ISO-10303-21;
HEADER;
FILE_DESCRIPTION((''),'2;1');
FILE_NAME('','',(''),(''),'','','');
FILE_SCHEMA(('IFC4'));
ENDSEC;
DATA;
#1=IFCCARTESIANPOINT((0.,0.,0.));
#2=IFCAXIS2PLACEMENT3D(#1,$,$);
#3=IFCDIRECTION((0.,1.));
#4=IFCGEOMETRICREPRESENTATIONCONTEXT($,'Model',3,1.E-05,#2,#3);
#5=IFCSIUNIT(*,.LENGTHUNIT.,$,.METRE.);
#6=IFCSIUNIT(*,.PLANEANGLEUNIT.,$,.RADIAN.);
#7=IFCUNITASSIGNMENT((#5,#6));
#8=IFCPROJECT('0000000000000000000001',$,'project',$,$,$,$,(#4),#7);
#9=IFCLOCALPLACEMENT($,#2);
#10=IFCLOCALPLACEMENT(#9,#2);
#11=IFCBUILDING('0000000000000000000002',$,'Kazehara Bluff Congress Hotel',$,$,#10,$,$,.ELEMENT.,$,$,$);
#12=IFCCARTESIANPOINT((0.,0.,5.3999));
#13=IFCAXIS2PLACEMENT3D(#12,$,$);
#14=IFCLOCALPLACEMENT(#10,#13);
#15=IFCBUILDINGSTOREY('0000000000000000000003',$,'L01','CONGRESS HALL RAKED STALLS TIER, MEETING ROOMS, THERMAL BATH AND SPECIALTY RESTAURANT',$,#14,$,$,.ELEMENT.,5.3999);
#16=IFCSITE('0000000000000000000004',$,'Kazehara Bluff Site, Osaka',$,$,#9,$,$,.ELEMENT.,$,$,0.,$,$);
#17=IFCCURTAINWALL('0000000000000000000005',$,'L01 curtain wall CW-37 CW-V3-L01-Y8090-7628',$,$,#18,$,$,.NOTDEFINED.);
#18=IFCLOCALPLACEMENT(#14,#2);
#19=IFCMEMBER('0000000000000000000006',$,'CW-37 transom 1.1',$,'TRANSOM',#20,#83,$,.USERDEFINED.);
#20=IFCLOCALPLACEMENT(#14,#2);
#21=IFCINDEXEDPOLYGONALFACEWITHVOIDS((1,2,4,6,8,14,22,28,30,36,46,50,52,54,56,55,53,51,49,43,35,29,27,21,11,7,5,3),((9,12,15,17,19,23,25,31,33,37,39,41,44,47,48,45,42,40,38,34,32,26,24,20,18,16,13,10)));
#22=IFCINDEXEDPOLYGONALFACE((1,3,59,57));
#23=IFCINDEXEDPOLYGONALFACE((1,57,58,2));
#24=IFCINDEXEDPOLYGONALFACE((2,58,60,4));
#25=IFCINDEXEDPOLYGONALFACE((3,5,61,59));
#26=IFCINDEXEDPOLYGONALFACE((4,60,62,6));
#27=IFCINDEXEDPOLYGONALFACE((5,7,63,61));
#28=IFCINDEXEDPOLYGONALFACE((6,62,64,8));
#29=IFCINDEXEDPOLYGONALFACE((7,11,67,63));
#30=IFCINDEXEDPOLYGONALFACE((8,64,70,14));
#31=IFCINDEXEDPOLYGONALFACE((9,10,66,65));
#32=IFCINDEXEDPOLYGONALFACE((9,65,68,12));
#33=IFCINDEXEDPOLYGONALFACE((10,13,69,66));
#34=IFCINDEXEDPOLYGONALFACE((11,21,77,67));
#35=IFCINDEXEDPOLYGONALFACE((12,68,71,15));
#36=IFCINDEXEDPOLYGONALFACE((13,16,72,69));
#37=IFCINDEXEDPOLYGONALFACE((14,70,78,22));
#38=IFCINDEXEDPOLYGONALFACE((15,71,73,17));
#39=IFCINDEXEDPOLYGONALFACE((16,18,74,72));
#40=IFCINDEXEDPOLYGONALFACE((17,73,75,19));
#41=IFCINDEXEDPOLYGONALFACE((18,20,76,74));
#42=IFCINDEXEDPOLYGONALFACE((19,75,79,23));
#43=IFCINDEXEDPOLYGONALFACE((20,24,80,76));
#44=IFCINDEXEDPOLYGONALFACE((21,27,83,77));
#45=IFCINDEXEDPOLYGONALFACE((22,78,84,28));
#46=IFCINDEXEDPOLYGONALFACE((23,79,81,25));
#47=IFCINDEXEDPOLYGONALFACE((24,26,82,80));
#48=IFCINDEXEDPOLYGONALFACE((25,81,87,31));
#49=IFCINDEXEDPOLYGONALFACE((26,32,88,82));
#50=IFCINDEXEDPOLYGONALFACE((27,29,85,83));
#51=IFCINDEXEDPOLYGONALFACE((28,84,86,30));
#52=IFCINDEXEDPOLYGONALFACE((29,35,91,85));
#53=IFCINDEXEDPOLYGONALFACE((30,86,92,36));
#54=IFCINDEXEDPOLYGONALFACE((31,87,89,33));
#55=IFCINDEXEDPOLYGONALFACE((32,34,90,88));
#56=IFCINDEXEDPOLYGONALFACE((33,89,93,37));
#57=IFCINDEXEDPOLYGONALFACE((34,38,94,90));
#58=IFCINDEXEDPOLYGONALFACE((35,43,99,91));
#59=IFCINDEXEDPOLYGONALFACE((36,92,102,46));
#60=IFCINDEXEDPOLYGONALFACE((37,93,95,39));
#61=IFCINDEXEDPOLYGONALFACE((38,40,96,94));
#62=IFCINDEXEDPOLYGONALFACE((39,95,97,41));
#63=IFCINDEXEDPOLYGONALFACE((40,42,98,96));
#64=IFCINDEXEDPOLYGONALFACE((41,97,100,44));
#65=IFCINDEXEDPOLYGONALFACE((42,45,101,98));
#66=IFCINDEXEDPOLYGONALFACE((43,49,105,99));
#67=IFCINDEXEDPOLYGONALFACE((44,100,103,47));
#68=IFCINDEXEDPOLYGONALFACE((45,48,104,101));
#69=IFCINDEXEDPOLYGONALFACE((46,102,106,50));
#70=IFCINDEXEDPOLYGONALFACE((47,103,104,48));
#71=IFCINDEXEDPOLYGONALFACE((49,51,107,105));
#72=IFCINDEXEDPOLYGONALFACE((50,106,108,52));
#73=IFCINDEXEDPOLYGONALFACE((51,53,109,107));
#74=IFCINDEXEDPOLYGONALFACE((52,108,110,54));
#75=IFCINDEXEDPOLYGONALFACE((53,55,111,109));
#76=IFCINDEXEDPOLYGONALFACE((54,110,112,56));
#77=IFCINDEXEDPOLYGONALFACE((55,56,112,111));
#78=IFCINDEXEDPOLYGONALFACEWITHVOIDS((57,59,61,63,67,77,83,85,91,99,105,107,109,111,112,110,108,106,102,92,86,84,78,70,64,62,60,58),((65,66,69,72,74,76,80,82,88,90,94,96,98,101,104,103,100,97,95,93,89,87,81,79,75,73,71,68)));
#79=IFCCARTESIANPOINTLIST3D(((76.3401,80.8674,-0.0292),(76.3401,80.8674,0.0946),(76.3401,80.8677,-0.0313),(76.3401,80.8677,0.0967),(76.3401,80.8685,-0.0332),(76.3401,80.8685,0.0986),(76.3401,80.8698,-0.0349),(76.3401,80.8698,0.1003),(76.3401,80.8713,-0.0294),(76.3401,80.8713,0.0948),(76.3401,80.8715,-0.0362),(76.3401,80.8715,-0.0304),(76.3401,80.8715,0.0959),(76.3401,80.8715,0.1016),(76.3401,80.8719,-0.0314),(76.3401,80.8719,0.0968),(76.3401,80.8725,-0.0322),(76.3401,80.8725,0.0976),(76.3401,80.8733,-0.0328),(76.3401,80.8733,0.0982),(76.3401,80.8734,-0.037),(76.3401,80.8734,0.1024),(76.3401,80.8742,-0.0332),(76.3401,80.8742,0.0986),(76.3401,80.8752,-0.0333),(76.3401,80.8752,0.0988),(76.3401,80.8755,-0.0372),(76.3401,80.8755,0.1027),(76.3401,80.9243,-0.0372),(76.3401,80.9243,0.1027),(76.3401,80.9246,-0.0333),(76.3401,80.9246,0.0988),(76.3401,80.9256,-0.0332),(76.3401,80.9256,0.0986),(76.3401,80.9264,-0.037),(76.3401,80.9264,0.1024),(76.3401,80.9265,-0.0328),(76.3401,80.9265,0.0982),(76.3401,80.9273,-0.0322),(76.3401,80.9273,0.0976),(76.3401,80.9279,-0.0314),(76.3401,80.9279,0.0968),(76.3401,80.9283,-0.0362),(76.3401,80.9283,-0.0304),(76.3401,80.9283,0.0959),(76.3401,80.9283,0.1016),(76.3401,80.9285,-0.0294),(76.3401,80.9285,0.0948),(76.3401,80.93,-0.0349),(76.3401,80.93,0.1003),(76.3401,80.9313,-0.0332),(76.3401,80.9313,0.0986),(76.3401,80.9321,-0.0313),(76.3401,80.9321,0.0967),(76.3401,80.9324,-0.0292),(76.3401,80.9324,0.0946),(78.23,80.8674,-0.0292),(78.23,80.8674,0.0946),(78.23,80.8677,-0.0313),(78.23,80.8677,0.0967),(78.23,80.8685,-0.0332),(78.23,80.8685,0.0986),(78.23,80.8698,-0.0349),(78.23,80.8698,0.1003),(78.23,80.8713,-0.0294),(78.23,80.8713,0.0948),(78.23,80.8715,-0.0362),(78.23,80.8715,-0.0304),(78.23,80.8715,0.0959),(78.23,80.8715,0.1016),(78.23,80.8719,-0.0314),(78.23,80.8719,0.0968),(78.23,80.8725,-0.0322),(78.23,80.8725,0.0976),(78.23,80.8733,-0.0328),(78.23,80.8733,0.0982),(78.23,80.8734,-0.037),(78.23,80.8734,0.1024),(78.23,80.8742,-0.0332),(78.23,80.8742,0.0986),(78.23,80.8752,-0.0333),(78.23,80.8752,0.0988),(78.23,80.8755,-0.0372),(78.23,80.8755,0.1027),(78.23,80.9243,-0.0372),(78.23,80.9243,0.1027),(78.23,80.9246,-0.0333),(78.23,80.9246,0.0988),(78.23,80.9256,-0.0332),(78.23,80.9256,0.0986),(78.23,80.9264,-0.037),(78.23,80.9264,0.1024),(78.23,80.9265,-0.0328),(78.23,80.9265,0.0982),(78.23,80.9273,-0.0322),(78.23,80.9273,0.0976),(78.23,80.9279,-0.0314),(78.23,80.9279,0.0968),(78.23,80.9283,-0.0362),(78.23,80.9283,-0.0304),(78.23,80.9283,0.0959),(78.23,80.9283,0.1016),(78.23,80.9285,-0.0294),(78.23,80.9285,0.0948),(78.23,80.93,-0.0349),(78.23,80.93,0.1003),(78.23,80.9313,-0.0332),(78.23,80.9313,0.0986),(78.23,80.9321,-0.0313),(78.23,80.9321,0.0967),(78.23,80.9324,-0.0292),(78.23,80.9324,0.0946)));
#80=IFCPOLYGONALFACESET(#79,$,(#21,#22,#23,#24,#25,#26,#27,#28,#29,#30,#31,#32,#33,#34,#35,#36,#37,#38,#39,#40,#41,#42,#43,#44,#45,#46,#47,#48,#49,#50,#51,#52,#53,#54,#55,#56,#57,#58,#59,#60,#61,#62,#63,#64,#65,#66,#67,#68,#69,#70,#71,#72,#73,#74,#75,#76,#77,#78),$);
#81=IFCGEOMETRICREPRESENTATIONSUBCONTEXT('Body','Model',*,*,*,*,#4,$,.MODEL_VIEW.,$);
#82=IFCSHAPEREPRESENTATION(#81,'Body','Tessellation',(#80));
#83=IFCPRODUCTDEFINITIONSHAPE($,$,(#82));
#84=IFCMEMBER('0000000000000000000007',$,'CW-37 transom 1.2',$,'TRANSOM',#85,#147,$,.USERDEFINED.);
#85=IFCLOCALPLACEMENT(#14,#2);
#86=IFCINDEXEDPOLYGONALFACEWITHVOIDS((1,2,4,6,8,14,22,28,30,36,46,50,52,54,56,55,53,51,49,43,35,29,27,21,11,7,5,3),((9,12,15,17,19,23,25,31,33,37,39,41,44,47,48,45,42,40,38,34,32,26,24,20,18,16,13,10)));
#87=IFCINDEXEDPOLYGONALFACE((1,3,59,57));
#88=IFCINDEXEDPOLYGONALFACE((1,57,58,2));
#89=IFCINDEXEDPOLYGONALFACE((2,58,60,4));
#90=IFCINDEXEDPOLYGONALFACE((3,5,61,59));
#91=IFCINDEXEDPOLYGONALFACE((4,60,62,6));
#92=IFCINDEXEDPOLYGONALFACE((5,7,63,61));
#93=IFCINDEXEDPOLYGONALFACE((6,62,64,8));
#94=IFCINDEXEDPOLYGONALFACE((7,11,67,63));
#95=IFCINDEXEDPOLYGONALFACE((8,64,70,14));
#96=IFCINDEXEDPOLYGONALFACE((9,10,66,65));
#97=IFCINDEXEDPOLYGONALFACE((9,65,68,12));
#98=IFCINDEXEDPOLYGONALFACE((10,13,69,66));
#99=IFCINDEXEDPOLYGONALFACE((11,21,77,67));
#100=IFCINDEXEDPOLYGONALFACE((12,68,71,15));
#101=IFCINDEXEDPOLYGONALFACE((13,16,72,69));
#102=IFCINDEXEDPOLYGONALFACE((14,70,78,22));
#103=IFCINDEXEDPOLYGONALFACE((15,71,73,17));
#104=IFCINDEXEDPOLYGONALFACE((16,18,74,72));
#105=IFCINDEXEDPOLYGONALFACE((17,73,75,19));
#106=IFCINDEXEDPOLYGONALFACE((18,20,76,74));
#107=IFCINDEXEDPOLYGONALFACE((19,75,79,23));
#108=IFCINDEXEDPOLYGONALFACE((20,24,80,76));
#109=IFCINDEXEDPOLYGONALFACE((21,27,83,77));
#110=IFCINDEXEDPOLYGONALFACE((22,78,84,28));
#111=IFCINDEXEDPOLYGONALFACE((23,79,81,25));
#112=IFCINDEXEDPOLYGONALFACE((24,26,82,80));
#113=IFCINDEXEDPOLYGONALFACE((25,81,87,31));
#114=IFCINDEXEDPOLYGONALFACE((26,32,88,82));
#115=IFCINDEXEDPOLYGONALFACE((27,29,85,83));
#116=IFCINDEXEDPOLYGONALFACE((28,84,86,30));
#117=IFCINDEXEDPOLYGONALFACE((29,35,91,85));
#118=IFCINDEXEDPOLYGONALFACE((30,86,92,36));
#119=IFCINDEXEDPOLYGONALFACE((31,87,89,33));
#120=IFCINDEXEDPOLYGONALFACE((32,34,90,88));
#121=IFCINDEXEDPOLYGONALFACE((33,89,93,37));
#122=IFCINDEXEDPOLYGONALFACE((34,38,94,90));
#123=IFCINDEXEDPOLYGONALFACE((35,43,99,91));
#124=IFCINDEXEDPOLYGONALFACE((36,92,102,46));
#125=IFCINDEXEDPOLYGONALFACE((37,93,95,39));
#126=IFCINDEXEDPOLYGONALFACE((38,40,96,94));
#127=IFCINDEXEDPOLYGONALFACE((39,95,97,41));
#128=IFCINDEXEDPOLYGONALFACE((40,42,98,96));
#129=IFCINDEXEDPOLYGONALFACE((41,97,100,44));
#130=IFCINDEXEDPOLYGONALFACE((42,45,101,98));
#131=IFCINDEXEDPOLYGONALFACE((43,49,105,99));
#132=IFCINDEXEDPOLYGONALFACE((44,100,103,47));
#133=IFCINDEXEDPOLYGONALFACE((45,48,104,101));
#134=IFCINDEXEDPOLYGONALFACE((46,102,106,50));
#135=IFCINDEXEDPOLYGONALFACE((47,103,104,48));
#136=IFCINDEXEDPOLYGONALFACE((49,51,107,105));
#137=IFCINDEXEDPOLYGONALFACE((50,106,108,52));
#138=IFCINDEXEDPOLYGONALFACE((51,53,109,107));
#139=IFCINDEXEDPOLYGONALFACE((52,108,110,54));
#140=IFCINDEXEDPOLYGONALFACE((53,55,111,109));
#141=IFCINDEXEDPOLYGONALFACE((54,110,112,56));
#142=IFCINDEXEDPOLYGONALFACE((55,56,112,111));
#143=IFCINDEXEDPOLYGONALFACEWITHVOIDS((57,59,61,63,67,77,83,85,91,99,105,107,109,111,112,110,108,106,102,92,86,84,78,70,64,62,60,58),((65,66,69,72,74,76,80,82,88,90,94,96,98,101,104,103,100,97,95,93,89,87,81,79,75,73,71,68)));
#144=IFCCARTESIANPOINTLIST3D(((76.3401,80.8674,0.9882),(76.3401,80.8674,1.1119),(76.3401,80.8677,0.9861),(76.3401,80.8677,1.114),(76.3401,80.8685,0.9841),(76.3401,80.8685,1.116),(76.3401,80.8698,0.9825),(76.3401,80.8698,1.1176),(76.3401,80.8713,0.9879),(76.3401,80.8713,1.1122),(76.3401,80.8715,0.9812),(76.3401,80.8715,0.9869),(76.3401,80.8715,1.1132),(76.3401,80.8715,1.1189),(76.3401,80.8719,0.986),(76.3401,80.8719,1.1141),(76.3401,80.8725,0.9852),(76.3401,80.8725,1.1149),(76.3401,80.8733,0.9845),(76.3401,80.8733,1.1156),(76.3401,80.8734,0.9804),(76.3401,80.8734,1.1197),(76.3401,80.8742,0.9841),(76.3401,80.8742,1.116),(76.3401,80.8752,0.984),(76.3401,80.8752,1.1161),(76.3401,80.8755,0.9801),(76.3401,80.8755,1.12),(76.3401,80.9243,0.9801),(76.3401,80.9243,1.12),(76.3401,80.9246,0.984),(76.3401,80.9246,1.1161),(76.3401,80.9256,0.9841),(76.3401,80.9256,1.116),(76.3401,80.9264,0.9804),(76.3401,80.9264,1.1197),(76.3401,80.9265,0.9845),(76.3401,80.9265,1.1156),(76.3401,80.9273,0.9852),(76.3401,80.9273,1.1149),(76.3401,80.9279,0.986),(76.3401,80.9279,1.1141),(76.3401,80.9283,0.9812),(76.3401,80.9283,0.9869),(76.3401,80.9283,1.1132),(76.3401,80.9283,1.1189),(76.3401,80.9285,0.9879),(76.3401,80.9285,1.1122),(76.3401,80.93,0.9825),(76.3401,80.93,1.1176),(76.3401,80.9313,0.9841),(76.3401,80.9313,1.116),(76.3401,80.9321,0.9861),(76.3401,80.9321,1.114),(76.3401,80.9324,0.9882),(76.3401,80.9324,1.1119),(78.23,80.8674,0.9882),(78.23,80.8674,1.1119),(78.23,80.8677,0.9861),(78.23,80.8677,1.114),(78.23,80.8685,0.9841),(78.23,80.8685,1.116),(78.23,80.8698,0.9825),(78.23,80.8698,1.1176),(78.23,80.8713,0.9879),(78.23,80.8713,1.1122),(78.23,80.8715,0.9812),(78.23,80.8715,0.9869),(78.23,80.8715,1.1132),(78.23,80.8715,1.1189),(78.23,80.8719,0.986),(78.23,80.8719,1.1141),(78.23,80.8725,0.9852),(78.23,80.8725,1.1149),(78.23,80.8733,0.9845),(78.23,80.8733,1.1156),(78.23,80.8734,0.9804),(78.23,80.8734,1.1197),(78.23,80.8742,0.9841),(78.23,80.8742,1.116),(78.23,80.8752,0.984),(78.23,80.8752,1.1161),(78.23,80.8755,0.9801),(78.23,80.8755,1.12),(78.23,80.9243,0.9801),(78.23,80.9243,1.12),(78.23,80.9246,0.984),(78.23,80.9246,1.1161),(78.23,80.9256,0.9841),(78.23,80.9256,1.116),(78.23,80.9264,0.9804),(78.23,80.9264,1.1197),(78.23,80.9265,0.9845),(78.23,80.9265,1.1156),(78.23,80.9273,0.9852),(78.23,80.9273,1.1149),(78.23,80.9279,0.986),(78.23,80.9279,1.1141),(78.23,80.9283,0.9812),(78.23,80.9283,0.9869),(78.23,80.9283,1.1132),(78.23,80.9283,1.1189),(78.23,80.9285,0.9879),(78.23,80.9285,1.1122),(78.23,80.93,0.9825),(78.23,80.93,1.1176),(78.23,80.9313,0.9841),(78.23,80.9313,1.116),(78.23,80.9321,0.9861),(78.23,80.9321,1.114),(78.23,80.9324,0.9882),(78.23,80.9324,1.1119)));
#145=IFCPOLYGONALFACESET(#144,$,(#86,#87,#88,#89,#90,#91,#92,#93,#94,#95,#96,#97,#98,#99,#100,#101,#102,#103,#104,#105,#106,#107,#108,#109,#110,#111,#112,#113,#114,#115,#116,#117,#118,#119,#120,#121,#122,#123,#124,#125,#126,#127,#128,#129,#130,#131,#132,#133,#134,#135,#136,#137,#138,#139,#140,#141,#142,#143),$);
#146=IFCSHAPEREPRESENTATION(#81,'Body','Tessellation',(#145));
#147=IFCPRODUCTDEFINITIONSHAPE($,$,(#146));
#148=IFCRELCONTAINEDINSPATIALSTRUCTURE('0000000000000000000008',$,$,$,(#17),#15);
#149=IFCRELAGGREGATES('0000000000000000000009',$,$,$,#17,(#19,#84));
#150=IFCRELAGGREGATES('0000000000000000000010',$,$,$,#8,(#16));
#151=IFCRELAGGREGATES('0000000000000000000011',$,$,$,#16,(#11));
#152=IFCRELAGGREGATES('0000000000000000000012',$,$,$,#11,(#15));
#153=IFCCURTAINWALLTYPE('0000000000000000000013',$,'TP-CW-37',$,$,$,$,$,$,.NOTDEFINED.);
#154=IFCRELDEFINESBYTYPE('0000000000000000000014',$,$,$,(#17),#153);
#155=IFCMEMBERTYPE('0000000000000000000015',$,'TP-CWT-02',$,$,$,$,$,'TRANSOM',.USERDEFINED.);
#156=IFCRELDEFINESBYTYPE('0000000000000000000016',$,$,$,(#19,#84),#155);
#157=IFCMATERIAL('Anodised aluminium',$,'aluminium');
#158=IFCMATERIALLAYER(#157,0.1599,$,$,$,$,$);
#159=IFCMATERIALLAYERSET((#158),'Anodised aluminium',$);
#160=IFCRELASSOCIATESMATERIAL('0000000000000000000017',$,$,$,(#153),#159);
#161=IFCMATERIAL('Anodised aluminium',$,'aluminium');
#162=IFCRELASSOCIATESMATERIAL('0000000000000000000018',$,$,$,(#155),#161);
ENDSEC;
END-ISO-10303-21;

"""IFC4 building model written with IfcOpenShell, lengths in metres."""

from ifc_helpers import new_model, si_unit, direction, frame, origin, origin_2d, place, context, subcontext, project, spatial, hollow_rectangle, extrude, material, layer, layer_set, material_profile, profile_set, type_object, element, aggregate, save


model = new_model("IFC4")

# Units and contexts
model_context = context("Model", 3, precision=1e-05, world=origin(), true_north=direction((0.0, 1.0)))
body_context = subcontext(model_context, "Body", "Model", "MODEL_VIEW")
ifc_project = project(units=[si_unit("LENGTHUNIT", "METRE"), si_unit("PLANEANGLEUNIT", "RADIAN")], contexts=[model_context])

# Site, building, storey
site_placement = place(None, origin())
site = spatial("IfcSite", under=ifc_project, at=site_placement, Name="Kazehara Bluff Site, Osaka", CompositionType="ELEMENT", RefElevation=0.0)
building_placement = place(site_placement, origin())
building = spatial("IfcBuilding", under=site, at=building_placement, Name="Kazehara Bluff Congress Hotel", CompositionType="ELEMENT")
storey_placement = place(building_placement, frame((0.0, 0.0, 5.3999)))
storey = spatial("IfcBuildingStorey", under=building, at=storey_placement, Name="L01", Description="CONGRESS HALL RAKED STALLS TIER, MEETING ROOMS, THERMAL BATH AND SPECIALTY RESTAURANT", CompositionType="ELEMENT", Elevation=5.3999)

# Curtain wall, members
ifc_material_1 = material(Name="Anodised aluminium", Category="aluminium")
ifc_layer_1 = layer(ifc_material_1, 0.1599)
ifc_layer_set_1 = layer_set([ifc_layer_1], Name="Anodised aluminium")
curtain_wall_type = type_object("IfcCurtainWallType", Name="TP-CW-37", PredefinedType="NOTDEFINED", material=ifc_layer_set_1)
curtain_wall_placement = place(storey_placement, origin())
curtain_wall = element("IfcCurtainWall", 1, at=curtain_wall_placement, inside=storey, type_object=curtain_wall_type, Name="L01 curtain wall CW-37 CW-V3-L01-Y8090-7628", PredefinedType="NOTDEFINED")
ifc_material_2 = material(Name="Anodised aluminium", Category="aluminium")
ifc_material_profile_1 = material_profile(ifc_material_2, hollow_rectangle(XDim=0.0649, YDim=0.1399, WallThickness=0.0039, InnerFilletRadius=0.0039, OuterFilletRadius=0.0081, at=origin_2d()))
ifc_profile_set_1 = profile_set([ifc_material_profile_1], Name="Anodised aluminium")
member_type_1 = type_object("IfcMemberType", Name="TP-CWT-02", ElementType="TRANSOM", PredefinedType="USERDEFINED", material=ifc_profile_set_1)
member_1_placement = place(storey_placement, frame((76.3401, 80.8999, 0.0327), z_axis=(1.0, 0.0, 0.0), x_axis=(0.0, 1.0, 0.0)))
member_1 = element("IfcMember", 2, at=member_1_placement, type_object=member_type_1, Name="CW-37 transom 1.1", ObjectType="TRANSOM", PredefinedType="USERDEFINED", context=body_context, shape_type="SweptSolid", body=[
    extrude(hollow_rectangle(XDim=0.0649, YDim=0.1399, WallThickness=0.0039, InnerFilletRadius=0.0039, OuterFilletRadius=0.0081, at=origin_2d()), origin(), (0.0, 0.0, 1.0), 1.8899),
])
member_2_placement = place(storey_placement, frame((76.3401, 80.8999, 1.05), z_axis=(1.0, 0.0, 0.0), x_axis=(0.0, 1.0, 0.0)))
member_2 = element("IfcMember", 3, at=member_2_placement, type_object=member_type_1, Name="CW-37 transom 1.2", ObjectType="TRANSOM", PredefinedType="USERDEFINED", context=body_context, shape_type="SweptSolid", body=[
    extrude(hollow_rectangle(XDim=0.0649, YDim=0.1399, WallThickness=0.0039, InnerFilletRadius=0.0039, OuterFilletRadius=0.0081, at=origin_2d()), origin(), (0.0, 0.0, 1.0), 1.8899),
])

aggregate(curtain_wall, [member_1, member_2])

save(model, "model.ifc")
